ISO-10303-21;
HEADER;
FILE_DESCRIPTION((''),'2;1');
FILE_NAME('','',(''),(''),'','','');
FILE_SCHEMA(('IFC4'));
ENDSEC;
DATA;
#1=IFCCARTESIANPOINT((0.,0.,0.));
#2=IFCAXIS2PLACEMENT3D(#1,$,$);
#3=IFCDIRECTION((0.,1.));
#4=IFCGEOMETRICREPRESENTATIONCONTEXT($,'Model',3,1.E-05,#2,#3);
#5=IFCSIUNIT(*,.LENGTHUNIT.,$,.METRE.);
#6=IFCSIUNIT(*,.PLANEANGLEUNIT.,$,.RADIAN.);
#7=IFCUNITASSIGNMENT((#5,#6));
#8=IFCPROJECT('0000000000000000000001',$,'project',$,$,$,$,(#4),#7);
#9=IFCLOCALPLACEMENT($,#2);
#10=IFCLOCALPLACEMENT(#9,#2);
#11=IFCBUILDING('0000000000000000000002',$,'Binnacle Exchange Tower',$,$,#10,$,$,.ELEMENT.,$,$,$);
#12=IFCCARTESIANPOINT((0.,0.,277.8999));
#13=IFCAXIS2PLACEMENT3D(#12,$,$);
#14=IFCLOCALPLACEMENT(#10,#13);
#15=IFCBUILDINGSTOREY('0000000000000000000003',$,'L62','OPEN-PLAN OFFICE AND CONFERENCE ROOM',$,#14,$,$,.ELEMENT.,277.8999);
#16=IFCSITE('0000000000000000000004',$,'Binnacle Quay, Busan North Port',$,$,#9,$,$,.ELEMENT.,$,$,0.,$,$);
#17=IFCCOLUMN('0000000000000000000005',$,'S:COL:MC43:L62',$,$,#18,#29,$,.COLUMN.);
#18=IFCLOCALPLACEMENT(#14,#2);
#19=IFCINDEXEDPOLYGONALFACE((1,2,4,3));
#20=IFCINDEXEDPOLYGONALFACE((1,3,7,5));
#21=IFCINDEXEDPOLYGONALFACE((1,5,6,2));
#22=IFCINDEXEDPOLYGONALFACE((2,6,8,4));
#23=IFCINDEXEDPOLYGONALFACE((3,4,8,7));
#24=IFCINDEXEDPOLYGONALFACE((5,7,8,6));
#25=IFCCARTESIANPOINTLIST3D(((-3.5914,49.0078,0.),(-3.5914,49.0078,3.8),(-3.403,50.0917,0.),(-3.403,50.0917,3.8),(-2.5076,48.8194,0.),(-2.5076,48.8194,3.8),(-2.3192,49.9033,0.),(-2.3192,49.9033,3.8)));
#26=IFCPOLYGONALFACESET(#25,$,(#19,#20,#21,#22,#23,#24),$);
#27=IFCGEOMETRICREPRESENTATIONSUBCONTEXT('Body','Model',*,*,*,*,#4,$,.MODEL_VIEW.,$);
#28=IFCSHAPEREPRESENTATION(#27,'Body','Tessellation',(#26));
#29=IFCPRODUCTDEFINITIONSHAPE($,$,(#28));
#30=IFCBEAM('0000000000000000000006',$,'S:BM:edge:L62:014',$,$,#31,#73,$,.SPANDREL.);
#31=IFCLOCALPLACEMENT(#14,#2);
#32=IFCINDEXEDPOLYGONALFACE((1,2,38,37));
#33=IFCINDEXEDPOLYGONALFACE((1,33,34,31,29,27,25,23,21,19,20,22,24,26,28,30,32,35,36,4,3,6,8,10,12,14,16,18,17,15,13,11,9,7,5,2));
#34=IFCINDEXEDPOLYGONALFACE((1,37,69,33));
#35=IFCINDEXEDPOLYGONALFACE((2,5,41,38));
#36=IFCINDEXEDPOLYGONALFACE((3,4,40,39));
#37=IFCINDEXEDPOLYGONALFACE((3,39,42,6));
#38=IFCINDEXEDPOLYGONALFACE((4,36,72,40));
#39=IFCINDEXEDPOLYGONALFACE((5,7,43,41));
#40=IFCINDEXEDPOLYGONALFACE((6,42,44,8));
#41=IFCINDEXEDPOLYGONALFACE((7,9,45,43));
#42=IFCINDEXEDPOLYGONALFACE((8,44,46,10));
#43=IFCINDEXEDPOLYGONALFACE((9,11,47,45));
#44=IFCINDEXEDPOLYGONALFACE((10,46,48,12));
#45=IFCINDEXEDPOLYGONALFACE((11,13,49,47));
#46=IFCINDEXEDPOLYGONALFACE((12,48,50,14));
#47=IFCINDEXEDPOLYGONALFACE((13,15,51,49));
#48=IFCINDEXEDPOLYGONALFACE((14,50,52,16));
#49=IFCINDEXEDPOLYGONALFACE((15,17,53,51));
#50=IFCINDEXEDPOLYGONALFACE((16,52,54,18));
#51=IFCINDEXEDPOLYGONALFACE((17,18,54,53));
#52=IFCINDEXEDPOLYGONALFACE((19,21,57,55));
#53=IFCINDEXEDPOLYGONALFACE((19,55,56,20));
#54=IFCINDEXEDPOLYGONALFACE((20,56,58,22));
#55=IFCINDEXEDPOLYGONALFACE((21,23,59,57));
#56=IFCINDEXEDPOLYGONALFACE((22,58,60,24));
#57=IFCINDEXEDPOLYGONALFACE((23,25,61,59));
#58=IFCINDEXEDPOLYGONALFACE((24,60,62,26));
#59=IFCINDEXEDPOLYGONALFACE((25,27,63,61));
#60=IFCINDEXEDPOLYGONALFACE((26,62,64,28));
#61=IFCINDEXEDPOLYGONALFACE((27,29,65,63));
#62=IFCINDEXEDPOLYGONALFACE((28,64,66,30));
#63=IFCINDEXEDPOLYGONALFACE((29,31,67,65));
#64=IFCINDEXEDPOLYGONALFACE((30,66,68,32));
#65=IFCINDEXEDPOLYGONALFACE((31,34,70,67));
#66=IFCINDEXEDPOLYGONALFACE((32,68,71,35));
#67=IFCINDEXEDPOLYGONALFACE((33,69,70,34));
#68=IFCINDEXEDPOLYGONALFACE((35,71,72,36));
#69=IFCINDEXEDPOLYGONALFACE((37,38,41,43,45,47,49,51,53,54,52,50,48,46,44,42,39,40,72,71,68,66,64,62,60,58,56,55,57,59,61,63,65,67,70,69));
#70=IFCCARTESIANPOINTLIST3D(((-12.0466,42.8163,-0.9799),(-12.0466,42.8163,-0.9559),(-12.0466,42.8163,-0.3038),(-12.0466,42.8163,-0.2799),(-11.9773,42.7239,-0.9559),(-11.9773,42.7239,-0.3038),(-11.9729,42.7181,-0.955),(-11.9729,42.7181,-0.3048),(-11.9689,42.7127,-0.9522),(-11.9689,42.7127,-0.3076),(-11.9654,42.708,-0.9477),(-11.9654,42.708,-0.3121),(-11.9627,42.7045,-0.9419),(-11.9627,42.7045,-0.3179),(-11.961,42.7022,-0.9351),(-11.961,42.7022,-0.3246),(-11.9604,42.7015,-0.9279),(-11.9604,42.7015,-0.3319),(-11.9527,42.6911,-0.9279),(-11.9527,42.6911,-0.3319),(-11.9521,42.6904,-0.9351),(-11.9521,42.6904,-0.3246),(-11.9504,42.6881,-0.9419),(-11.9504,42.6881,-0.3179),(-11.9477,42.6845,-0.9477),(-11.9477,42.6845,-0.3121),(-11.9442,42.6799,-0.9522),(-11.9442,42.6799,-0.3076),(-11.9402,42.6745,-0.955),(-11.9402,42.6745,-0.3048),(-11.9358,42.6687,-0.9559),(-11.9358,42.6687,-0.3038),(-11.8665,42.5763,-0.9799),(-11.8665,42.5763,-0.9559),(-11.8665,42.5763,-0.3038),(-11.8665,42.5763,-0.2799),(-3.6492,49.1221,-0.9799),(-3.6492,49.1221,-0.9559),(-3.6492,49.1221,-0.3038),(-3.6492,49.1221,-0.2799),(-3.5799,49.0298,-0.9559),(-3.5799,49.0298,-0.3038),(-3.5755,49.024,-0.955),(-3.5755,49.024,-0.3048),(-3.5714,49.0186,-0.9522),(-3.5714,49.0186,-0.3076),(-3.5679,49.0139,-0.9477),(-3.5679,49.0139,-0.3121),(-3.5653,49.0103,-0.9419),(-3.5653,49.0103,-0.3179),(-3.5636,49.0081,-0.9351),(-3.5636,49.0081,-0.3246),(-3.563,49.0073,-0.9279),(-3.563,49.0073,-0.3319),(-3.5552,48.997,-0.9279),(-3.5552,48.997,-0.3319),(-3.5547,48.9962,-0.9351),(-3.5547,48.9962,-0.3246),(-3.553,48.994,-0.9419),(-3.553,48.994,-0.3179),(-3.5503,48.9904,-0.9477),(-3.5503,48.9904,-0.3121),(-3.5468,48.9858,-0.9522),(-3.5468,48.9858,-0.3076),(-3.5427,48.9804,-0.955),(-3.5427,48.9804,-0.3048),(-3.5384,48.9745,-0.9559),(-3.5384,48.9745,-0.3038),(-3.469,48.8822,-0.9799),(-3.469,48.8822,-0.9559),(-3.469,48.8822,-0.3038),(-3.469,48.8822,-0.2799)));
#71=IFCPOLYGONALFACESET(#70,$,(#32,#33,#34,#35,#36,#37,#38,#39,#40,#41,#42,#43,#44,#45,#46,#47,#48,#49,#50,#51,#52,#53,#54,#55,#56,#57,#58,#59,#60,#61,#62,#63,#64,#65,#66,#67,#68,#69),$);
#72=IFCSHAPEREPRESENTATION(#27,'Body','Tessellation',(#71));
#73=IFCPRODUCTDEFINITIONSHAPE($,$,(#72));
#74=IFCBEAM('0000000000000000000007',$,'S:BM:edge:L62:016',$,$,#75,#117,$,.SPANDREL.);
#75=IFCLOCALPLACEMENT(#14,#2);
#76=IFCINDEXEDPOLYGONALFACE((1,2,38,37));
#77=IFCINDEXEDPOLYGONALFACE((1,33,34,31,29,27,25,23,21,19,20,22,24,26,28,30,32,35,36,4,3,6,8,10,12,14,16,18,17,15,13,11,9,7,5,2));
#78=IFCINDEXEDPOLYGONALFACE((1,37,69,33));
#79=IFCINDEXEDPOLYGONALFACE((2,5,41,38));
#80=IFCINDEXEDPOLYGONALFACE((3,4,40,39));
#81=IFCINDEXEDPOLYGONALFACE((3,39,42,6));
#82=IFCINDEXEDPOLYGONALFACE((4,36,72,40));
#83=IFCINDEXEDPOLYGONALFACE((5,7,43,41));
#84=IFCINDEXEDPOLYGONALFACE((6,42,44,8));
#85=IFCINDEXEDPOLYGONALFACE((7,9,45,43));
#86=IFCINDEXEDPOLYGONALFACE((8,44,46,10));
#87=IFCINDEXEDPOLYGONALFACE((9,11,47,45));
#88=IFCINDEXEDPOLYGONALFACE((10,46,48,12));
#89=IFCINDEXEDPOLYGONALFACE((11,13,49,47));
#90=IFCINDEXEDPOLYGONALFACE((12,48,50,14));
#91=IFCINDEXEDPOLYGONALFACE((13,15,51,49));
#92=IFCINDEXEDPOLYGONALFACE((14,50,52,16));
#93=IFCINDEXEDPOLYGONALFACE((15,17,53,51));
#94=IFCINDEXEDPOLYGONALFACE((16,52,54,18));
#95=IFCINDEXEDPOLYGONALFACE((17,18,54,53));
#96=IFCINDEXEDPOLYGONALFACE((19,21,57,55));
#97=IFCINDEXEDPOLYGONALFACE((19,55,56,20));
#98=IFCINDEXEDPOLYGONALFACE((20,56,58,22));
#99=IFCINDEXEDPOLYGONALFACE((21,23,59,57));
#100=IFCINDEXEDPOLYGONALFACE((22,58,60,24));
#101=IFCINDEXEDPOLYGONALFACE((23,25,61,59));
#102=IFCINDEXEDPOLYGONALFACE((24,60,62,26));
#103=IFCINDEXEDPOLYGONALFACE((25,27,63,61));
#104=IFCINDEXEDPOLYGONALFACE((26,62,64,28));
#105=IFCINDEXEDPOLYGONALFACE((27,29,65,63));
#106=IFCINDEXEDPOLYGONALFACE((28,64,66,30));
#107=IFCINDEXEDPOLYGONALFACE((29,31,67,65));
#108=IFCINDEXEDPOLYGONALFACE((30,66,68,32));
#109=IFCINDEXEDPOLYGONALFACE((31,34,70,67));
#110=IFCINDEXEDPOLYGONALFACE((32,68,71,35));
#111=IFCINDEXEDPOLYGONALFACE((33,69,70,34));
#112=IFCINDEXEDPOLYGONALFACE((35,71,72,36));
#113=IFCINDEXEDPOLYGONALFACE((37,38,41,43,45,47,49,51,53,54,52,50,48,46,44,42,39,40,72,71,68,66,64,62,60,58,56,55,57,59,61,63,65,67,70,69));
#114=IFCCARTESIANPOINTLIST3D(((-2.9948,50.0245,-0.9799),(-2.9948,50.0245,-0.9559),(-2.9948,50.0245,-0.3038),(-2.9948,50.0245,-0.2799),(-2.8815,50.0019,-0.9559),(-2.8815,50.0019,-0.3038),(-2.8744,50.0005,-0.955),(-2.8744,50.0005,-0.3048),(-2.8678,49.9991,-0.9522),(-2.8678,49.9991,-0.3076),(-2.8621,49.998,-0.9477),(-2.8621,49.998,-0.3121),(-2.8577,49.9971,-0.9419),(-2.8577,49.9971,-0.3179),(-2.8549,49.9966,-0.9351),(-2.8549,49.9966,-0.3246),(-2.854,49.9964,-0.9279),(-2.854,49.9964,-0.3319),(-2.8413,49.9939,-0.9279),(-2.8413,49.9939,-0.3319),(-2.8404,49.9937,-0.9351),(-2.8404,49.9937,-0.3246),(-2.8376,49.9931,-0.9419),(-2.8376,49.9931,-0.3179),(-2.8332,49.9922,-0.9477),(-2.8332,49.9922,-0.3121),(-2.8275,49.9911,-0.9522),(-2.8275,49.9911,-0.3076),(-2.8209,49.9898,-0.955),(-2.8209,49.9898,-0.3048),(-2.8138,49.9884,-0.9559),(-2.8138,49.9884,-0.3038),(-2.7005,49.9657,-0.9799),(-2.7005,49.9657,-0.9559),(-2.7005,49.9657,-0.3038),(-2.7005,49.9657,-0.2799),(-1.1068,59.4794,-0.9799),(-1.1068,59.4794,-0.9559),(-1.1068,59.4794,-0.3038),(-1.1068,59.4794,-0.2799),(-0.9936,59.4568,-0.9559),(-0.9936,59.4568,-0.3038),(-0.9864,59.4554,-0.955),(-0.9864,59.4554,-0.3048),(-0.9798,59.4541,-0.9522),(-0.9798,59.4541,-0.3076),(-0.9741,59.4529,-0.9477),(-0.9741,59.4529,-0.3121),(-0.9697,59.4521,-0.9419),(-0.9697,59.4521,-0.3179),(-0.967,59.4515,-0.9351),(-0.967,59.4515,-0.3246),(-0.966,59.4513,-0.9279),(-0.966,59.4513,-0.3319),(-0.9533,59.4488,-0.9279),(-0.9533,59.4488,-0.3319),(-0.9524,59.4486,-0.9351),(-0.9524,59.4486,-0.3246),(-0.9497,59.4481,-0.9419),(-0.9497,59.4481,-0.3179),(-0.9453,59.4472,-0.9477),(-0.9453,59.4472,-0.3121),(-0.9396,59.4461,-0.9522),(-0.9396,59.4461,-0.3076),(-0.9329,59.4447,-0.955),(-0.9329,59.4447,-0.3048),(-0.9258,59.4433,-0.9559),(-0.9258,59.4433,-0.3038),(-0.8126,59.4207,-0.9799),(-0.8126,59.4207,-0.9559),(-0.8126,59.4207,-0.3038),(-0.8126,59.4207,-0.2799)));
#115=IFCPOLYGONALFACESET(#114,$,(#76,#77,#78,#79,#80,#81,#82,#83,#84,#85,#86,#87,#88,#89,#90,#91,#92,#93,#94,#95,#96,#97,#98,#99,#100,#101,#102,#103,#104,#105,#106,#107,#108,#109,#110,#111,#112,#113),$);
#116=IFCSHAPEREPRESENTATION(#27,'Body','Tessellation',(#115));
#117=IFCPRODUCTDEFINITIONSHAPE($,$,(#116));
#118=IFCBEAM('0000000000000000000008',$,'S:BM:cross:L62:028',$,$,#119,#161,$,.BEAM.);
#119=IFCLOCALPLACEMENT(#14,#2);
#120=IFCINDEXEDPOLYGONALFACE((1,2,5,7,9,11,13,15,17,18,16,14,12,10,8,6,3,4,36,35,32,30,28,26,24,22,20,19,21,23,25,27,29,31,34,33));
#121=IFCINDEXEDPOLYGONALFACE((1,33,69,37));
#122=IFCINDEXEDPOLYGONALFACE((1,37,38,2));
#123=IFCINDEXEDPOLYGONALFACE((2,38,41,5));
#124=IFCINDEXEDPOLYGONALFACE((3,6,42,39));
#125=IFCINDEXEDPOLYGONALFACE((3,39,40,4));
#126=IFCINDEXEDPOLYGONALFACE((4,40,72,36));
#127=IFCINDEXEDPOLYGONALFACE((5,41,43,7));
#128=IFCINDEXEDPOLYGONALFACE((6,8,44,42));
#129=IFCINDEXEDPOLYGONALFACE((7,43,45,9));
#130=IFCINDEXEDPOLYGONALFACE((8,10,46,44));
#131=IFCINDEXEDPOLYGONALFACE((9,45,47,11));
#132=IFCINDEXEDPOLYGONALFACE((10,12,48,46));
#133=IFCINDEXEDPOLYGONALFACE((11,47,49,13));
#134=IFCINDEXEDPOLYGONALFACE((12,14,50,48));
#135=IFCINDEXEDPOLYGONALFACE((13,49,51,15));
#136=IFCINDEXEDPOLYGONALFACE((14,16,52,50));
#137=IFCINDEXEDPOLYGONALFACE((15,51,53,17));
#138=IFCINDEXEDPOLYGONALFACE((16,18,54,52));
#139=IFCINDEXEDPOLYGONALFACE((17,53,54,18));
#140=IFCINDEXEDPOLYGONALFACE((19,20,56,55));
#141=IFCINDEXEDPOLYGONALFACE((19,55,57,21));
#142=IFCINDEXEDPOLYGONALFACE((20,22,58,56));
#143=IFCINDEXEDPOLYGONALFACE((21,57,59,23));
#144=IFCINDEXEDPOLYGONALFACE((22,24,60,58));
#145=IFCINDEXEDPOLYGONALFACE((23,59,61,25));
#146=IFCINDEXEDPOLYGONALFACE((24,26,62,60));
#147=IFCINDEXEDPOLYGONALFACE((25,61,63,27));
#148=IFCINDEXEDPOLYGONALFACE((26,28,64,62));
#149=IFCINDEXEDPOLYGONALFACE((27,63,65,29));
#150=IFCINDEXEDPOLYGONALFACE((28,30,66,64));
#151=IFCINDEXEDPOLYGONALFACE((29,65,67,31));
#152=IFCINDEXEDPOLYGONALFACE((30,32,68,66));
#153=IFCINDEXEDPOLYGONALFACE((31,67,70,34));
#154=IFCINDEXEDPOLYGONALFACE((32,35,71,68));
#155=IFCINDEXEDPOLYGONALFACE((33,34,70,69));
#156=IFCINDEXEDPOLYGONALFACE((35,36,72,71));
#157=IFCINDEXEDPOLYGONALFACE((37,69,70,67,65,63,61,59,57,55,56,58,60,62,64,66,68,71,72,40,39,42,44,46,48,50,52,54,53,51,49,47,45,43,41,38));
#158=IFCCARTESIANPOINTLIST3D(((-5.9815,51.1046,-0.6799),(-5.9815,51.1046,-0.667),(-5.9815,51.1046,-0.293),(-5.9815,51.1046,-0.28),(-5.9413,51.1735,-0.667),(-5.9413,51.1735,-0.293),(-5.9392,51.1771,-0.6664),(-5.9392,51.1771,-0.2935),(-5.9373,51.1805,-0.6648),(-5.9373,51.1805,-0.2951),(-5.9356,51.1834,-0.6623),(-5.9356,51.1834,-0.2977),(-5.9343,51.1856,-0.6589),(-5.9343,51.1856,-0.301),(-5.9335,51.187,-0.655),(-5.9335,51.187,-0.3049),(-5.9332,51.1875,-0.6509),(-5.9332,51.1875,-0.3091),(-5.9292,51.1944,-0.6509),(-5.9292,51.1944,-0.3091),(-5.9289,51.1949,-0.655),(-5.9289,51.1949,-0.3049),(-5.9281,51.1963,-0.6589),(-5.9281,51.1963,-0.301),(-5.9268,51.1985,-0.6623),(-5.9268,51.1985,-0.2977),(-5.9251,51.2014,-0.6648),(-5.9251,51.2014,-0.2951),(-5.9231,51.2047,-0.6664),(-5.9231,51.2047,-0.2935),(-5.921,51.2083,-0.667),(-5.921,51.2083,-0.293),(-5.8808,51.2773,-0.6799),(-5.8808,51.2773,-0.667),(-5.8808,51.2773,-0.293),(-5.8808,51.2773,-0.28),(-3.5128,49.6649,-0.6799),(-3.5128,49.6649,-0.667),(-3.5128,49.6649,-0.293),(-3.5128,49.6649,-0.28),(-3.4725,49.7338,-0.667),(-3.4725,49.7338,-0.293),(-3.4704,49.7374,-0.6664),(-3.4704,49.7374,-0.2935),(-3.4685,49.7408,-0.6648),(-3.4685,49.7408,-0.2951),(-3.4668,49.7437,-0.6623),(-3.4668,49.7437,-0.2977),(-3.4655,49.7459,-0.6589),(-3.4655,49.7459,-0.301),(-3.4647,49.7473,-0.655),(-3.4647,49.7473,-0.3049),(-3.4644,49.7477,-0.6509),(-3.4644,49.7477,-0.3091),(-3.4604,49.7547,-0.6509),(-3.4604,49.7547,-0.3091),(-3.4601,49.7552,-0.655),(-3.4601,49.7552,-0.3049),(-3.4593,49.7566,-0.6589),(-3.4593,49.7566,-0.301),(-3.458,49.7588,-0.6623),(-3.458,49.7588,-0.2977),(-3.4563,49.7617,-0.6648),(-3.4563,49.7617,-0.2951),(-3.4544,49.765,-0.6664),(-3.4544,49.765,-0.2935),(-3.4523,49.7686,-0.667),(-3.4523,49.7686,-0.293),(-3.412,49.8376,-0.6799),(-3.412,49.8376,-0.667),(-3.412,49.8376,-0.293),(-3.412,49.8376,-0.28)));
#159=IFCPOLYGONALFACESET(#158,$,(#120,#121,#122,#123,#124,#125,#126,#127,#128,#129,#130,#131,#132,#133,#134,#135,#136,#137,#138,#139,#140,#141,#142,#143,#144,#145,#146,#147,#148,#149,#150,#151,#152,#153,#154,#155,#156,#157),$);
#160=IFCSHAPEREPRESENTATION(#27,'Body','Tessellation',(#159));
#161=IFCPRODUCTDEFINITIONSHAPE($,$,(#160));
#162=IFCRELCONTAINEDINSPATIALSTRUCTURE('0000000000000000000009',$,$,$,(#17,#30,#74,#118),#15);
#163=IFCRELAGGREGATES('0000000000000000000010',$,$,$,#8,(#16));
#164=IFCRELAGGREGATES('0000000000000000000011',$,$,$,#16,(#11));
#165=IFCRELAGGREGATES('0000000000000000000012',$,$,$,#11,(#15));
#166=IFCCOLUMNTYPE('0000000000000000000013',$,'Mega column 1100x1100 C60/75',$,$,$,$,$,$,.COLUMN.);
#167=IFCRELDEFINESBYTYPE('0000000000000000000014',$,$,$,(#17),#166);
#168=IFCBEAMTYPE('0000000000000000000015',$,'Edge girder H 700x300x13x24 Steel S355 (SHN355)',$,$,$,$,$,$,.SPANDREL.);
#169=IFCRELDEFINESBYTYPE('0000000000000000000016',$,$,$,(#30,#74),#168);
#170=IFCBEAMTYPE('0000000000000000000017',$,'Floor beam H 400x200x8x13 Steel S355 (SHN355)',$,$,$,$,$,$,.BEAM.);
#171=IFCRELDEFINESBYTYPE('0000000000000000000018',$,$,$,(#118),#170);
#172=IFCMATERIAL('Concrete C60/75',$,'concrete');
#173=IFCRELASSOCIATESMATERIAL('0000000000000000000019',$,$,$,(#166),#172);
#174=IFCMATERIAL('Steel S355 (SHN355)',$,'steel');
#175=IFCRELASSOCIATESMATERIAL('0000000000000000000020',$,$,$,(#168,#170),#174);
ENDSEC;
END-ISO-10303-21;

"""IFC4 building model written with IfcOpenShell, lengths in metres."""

from ifc_helpers import new_model, si_unit, direction, frame, origin, origin_2d, place, context, subcontext, project, spatial, rectangle, i_section, extrude, material, material_profile, profile_set, type_object, element, save


model = new_model("IFC4")

# Units and contexts
model_context = context("Model", 3, precision=1e-05, world=origin(), true_north=direction((0.0, 1.0)))
body_context = subcontext(model_context, "Body", "Model", "MODEL_VIEW")
ifc_project = project(units=[si_unit("LENGTHUNIT", "METRE"), si_unit("PLANEANGLEUNIT", "RADIAN")], contexts=[model_context])

# Site, building, storey
site_placement = place(None, origin())
site = spatial("IfcSite", under=ifc_project, at=site_placement, Name="Binnacle Quay, Busan North Port", CompositionType="ELEMENT", RefElevation=0.0)
building_placement = place(site_placement, origin())
building = spatial("IfcBuilding", under=site, at=building_placement, Name="Binnacle Exchange Tower", CompositionType="ELEMENT")
storey_placement = place(building_placement, frame((0.0, 0.0, 277.8999)))
storey = spatial("IfcBuildingStorey", under=building, at=storey_placement, Name="L62", Description="OPEN-PLAN OFFICE AND CONFERENCE ROOM", CompositionType="ELEMENT", Elevation=277.8999)

# Column
ifc_material_1 = material(Name="Concrete C60/75", Category="concrete")
ifc_material_profile_1 = material_profile(ifc_material_1, rectangle(XDim=1.1001, YDim=1.1001, at=origin_2d()), Name="Mega column 1100x1100 C60/75")
ifc_profile_set_1 = profile_set([ifc_material_profile_1], Name="Concrete C60/75")
column_type = type_object("IfcColumnType", Name="Mega column 1100x1100 C60/75", PredefinedType="COLUMN", material=ifc_profile_set_1)
column_placement = place(storey_placement, frame((-2.9553, 49.4556, 0.0), z_axis=(0.0, 0.0, 1.0), x_axis=(-0.985226, 0.171259, 0.0)))
element("IfcColumn", 1, at=column_placement, inside=storey, type_object=column_type, Name="S:COL:MC43:L62", PredefinedType="COLUMN", context=body_context, shape_type="SweptSolid", body=[
    extrude(rectangle(XDim=1.1001, YDim=1.1001, at=origin_2d()), origin(), (0.0, 0.0, 1.0), 3.8),
])

# Beams
ifc_material_2 = material(Name="Steel S355 (SHN355)", Category="steel")
ifc_material_profile_2 = material_profile(ifc_material_2, i_section(OverallWidth=0.3, OverallDepth=0.7, WebThickness=0.0129, FlangeThickness=0.0239, FilletRadius=0.0281, at=origin_2d()), Name="H 700x300x13x24")
ifc_profile_set_2 = profile_set([ifc_material_profile_2], Name="Steel S355 (SHN355)")
beam_type_1 = type_object("IfcBeamType", Name="Edge girder H 700x300x13x24 Steel S355 (SHN355)", PredefinedType="SPANDREL", material=ifc_profile_set_2)
beam_1_placement = place(storey_placement, frame((-11.9565, 42.6963, -0.6299), z_axis=(0.799643, 0.600476, 0.0), x_axis=(-0.600476, 0.799643, 0.0)))
element("IfcBeam", 2, at=beam_1_placement, inside=storey, type_object=beam_type_1, Name="S:BM:edge:L62:014", PredefinedType="SPANDREL", context=body_context, shape_type="SweptSolid", body=[
    extrude(i_section(OverallWidth=0.3, OverallDepth=0.7, WebThickness=0.0129, FlangeThickness=0.0239, FilletRadius=0.0281, at=origin_2d()), origin(), (0.0, 0.0, 1.0), 10.5015),
])
beam_2_placement = place(storey_placement, frame((-2.8477, 49.9951, -0.6299), z_axis=(0.195814, 0.980641, 0.0), x_axis=(-0.980641, 0.195814, 0.0)))
element("IfcBeam", 3, at=beam_2_placement, inside=storey, type_object=beam_type_1, Name="S:BM:edge:L62:016", PredefinedType="SPANDREL", context=body_context, shape_type="SweptSolid", body=[
    extrude(i_section(OverallWidth=0.3, OverallDepth=0.7, WebThickness=0.0129, FlangeThickness=0.0239, FilletRadius=0.0281, at=origin_2d()), origin(), (0.0, 0.0, 1.0), 9.6416),
])
ifc_material_profile_3 = material_profile(ifc_material_2, i_section(OverallWidth=0.2, OverallDepth=0.3999, WebThickness=0.0081, FlangeThickness=0.0129, FilletRadius=0.0161, at=origin_2d()), Name="H 400x200x8x13")
ifc_profile_set_3 = profile_set([ifc_material_profile_3], Name="Steel S355 (SHN355)")
beam_type_2 = type_object("IfcBeamType", Name="Floor beam H 400x200x8x13 Steel S355 (SHN355)", PredefinedType="BEAM", material=ifc_profile_set_3)
beam_3_placement = place(storey_placement, frame((-3.4624, 49.7512, -0.48), z_axis=(-0.863841, 0.503765, 0.0), x_axis=(-0.503765, -0.863841, 0.0)))
element("IfcBeam", 4, at=beam_3_placement, inside=storey, type_object=beam_type_2, Name="S:BM:cross:L62:028", PredefinedType="BEAM", context=body_context, shape_type="SweptSolid", body=[
    extrude(i_section(OverallWidth=0.2, OverallDepth=0.3999, WebThickness=0.0081, FlangeThickness=0.0129, FilletRadius=0.0161, at=origin_2d()), origin(), (0.0, 0.0, 1.0), 2.8579),
])

save(model, "model.ifc")
